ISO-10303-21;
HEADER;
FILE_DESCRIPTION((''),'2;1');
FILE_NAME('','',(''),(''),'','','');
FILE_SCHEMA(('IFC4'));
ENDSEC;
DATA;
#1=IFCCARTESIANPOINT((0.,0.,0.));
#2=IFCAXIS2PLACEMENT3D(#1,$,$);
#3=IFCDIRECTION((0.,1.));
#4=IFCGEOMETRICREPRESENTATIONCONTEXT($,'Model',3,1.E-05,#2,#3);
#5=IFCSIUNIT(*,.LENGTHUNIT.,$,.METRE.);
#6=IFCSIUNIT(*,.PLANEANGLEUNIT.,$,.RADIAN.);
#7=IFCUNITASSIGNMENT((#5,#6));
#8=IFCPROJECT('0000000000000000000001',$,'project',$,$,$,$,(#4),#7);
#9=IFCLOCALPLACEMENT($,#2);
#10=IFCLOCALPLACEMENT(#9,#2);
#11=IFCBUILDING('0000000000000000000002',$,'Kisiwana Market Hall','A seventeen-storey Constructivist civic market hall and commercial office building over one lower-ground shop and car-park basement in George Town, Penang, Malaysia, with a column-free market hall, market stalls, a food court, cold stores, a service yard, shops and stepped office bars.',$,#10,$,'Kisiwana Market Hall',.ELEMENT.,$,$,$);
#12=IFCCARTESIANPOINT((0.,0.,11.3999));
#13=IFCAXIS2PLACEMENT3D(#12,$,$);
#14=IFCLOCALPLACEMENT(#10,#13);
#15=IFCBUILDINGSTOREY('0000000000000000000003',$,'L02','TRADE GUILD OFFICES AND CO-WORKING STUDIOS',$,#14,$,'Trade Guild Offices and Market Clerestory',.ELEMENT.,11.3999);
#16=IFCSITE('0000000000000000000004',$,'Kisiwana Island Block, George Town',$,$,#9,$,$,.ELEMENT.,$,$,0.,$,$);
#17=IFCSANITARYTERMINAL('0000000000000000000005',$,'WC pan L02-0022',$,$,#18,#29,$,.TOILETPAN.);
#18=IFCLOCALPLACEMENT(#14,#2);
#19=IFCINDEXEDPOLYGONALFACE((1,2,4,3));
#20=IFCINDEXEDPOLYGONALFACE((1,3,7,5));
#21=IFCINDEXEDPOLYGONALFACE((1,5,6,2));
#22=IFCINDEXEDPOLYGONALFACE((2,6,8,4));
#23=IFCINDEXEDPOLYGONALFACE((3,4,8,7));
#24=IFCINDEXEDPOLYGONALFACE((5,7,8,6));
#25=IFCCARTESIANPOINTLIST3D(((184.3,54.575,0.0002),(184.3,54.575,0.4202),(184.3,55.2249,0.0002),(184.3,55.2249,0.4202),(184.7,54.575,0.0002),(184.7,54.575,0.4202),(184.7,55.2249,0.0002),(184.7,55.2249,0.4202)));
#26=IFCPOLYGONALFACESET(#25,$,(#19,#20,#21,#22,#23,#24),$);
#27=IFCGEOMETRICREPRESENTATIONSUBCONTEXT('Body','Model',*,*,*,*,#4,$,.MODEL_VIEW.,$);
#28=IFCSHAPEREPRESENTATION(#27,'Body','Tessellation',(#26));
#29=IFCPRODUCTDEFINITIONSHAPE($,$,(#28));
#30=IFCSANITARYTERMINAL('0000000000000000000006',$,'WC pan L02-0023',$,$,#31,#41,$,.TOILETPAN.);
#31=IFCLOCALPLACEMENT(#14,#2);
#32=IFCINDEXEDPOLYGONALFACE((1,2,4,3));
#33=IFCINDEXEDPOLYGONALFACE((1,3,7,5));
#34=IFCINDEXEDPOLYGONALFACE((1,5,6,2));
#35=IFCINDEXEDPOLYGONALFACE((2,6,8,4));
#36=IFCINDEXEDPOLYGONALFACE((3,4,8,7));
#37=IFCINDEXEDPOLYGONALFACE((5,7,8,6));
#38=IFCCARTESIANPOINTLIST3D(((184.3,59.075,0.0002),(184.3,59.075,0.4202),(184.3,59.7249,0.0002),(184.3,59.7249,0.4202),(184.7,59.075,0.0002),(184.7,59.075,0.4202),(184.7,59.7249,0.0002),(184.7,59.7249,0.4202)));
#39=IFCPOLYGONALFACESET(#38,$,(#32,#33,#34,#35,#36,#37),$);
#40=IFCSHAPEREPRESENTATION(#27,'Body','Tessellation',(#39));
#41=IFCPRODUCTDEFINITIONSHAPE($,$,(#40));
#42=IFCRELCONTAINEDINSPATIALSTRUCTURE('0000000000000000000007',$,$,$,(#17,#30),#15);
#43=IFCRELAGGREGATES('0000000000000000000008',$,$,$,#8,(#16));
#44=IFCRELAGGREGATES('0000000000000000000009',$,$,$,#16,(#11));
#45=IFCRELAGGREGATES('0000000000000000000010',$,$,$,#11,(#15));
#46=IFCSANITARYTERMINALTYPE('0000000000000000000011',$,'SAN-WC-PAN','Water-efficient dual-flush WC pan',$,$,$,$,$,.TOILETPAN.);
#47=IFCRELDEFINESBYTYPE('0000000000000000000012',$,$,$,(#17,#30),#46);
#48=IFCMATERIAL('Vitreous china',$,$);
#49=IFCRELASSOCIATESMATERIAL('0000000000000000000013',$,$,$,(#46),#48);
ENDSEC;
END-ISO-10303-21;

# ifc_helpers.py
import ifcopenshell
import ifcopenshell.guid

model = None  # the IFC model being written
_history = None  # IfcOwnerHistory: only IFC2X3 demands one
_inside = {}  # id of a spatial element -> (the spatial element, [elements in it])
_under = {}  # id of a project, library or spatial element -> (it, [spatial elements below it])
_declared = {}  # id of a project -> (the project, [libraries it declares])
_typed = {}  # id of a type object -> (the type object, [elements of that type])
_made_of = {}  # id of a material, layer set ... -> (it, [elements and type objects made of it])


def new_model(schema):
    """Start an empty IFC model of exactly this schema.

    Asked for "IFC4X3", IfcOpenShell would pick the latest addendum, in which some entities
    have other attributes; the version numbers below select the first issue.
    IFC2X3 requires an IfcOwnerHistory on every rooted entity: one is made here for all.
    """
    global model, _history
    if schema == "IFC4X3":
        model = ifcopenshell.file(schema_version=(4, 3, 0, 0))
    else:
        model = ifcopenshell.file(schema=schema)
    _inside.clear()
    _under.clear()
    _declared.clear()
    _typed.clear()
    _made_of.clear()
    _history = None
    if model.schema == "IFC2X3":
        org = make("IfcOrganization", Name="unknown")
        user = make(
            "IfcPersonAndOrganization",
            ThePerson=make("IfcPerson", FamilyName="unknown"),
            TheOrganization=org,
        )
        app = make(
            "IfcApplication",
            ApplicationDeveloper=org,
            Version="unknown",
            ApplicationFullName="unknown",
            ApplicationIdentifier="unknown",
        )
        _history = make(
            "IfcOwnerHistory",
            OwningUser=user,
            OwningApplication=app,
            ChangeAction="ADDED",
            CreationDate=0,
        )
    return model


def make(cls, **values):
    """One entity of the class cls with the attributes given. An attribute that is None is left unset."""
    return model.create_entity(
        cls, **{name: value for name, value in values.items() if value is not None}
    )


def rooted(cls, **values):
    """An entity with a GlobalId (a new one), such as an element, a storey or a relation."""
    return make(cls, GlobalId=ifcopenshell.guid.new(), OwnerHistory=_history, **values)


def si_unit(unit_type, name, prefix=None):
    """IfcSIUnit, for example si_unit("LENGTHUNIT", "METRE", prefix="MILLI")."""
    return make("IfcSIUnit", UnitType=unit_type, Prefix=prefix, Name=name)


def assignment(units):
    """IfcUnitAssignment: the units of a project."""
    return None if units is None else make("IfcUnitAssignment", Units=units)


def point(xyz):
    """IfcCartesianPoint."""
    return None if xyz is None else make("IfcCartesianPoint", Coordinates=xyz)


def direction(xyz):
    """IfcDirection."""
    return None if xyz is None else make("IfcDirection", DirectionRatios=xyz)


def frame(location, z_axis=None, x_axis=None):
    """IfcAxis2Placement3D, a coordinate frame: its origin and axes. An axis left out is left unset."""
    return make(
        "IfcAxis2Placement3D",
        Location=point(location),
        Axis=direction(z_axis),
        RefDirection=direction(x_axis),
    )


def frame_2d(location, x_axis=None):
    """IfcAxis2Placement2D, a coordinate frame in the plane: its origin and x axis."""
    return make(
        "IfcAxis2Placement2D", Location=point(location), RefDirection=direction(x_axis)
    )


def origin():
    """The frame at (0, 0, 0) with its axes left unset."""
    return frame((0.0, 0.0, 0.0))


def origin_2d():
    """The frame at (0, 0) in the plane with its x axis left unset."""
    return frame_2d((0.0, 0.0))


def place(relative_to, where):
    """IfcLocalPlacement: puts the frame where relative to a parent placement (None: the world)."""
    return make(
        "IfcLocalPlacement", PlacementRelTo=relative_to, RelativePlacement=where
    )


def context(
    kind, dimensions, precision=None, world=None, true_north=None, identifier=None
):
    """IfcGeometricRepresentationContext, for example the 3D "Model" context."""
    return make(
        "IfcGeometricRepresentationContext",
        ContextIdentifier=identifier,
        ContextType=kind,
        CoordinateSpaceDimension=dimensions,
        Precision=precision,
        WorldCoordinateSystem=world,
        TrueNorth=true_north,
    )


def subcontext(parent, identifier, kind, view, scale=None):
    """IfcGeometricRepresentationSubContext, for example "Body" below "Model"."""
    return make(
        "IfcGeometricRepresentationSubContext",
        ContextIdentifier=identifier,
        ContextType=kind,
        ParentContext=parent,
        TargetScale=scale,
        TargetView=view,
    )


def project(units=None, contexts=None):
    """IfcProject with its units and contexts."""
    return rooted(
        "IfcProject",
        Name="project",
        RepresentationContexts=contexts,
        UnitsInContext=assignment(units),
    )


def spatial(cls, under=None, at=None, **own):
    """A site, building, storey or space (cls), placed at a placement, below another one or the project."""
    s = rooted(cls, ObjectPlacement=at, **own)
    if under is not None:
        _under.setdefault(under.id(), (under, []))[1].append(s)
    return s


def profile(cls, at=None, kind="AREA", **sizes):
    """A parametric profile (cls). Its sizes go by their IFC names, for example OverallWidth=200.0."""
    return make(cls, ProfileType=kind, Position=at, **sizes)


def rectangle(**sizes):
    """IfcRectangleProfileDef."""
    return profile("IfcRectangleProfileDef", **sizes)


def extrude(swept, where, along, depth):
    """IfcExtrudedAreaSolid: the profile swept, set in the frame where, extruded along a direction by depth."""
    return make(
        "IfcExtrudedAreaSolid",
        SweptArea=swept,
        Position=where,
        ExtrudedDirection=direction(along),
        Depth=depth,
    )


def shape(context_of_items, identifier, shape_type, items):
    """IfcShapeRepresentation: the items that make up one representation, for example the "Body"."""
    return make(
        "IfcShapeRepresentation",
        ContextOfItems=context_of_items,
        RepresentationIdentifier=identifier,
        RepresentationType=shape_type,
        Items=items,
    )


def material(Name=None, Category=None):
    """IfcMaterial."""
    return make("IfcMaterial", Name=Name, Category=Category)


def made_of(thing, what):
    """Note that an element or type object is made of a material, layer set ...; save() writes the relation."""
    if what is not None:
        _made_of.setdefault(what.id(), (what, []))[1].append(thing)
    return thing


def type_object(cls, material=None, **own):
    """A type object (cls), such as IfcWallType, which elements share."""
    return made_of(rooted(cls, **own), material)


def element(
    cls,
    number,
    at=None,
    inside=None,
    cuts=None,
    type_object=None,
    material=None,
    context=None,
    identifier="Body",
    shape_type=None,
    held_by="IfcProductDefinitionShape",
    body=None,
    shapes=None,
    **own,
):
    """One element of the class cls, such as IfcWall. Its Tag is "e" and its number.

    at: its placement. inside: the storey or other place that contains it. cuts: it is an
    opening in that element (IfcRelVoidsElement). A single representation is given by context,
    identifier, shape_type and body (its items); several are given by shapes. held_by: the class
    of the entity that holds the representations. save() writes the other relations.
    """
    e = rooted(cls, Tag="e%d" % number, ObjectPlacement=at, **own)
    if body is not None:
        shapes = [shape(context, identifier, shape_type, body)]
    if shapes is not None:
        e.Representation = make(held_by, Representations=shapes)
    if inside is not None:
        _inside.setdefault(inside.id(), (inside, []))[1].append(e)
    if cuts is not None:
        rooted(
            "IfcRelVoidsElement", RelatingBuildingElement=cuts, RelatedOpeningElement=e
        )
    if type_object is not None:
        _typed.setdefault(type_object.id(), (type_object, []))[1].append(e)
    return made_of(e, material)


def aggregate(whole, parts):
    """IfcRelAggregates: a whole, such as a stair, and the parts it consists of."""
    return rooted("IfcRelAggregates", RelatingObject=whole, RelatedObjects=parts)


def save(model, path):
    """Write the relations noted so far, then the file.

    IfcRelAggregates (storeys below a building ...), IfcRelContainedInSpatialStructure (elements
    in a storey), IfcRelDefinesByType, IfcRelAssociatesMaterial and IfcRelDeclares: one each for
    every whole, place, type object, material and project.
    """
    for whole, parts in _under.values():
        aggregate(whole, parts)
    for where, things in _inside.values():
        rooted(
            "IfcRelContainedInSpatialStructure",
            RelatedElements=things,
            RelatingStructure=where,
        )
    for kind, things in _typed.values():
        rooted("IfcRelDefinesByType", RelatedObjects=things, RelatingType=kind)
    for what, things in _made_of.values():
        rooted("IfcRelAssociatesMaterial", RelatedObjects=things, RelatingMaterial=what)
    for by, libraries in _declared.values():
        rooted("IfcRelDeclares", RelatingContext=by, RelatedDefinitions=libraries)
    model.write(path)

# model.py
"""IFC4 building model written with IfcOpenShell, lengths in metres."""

from ifc_helpers import new_model, si_unit, direction, frame, origin, origin_2d, place, context, subcontext, project, spatial, rectangle, extrude, material, type_object, element, save


model = new_model("IFC4")

# Units and contexts
model_context = context("Model", 3, precision=1e-05, world=origin(), true_north=direction((0.0, 1.0)))
body_context = subcontext(model_context, "Body", "Model", "MODEL_VIEW")
ifc_project = project(units=[si_unit("LENGTHUNIT", "METRE"), si_unit("PLANEANGLEUNIT", "RADIAN")], contexts=[model_context])

# Site, building, storey
site_placement = place(None, origin())
site = spatial("IfcSite", under=ifc_project, at=site_placement, Name="Kisiwana Island Block, George Town", CompositionType="ELEMENT", RefElevation=0.0)
building_placement = place(site_placement, origin())
building = spatial("IfcBuilding", under=site, at=building_placement, Name="Kisiwana Market Hall", Description="A seventeen-storey Constructivist civic market hall and commercial office building over one lower-ground shop and car-park basement in George Town, Penang, Malaysia, with a column-free market hall, market stalls, a food court, cold stores, a service yard, shops and stepped office bars.", LongName="Kisiwana Market Hall", CompositionType="ELEMENT")
storey_placement = place(building_placement, frame((0.0, 0.0, 11.3999)))
storey = spatial("IfcBuildingStorey", under=building, at=storey_placement, Name="L02", Description="TRADE GUILD OFFICES AND CO-WORKING STUDIOS", LongName="Trade Guild Offices and Market Clerestory", CompositionType="ELEMENT", Elevation=11.3999)

# Sanitary terminals
ifc_material_1 = material(Name="Vitreous china")
sanitary_terminal_type_1 = type_object("IfcSanitaryTerminalType", Name="SAN-WC-PAN", Description="Water-efficient dual-flush WC pan", PredefinedType="TOILETPAN", material=ifc_material_1)
for number, where, z_axis, x_axis, name in (
    (1, (184.5, 54.8999, 0.0002), (0.0, 0.0, 1.0), (1.0, 0.0, 0.0), "WC pan L02-0022"),
    (2, (184.5, 59.3999, 0.0002), (0.0, 0.0, 1.0), (1.0, 0.0, 0.0), "WC pan L02-0023"),
):
    element("IfcSanitaryTerminal", number, at=place(storey_placement, frame(where, z_axis=z_axis, x_axis=x_axis)), inside=storey, type_object=sanitary_terminal_type_1, Name=name, PredefinedType="TOILETPAN", context=body_context, shape_type="SweptSolid", body=[
        extrude(rectangle(XDim=0.3999, YDim=0.6499, at=origin_2d()), origin(), (0.0, 0.0, 1.0), 0.4199),
    ])

save(model, "model.ifc")
